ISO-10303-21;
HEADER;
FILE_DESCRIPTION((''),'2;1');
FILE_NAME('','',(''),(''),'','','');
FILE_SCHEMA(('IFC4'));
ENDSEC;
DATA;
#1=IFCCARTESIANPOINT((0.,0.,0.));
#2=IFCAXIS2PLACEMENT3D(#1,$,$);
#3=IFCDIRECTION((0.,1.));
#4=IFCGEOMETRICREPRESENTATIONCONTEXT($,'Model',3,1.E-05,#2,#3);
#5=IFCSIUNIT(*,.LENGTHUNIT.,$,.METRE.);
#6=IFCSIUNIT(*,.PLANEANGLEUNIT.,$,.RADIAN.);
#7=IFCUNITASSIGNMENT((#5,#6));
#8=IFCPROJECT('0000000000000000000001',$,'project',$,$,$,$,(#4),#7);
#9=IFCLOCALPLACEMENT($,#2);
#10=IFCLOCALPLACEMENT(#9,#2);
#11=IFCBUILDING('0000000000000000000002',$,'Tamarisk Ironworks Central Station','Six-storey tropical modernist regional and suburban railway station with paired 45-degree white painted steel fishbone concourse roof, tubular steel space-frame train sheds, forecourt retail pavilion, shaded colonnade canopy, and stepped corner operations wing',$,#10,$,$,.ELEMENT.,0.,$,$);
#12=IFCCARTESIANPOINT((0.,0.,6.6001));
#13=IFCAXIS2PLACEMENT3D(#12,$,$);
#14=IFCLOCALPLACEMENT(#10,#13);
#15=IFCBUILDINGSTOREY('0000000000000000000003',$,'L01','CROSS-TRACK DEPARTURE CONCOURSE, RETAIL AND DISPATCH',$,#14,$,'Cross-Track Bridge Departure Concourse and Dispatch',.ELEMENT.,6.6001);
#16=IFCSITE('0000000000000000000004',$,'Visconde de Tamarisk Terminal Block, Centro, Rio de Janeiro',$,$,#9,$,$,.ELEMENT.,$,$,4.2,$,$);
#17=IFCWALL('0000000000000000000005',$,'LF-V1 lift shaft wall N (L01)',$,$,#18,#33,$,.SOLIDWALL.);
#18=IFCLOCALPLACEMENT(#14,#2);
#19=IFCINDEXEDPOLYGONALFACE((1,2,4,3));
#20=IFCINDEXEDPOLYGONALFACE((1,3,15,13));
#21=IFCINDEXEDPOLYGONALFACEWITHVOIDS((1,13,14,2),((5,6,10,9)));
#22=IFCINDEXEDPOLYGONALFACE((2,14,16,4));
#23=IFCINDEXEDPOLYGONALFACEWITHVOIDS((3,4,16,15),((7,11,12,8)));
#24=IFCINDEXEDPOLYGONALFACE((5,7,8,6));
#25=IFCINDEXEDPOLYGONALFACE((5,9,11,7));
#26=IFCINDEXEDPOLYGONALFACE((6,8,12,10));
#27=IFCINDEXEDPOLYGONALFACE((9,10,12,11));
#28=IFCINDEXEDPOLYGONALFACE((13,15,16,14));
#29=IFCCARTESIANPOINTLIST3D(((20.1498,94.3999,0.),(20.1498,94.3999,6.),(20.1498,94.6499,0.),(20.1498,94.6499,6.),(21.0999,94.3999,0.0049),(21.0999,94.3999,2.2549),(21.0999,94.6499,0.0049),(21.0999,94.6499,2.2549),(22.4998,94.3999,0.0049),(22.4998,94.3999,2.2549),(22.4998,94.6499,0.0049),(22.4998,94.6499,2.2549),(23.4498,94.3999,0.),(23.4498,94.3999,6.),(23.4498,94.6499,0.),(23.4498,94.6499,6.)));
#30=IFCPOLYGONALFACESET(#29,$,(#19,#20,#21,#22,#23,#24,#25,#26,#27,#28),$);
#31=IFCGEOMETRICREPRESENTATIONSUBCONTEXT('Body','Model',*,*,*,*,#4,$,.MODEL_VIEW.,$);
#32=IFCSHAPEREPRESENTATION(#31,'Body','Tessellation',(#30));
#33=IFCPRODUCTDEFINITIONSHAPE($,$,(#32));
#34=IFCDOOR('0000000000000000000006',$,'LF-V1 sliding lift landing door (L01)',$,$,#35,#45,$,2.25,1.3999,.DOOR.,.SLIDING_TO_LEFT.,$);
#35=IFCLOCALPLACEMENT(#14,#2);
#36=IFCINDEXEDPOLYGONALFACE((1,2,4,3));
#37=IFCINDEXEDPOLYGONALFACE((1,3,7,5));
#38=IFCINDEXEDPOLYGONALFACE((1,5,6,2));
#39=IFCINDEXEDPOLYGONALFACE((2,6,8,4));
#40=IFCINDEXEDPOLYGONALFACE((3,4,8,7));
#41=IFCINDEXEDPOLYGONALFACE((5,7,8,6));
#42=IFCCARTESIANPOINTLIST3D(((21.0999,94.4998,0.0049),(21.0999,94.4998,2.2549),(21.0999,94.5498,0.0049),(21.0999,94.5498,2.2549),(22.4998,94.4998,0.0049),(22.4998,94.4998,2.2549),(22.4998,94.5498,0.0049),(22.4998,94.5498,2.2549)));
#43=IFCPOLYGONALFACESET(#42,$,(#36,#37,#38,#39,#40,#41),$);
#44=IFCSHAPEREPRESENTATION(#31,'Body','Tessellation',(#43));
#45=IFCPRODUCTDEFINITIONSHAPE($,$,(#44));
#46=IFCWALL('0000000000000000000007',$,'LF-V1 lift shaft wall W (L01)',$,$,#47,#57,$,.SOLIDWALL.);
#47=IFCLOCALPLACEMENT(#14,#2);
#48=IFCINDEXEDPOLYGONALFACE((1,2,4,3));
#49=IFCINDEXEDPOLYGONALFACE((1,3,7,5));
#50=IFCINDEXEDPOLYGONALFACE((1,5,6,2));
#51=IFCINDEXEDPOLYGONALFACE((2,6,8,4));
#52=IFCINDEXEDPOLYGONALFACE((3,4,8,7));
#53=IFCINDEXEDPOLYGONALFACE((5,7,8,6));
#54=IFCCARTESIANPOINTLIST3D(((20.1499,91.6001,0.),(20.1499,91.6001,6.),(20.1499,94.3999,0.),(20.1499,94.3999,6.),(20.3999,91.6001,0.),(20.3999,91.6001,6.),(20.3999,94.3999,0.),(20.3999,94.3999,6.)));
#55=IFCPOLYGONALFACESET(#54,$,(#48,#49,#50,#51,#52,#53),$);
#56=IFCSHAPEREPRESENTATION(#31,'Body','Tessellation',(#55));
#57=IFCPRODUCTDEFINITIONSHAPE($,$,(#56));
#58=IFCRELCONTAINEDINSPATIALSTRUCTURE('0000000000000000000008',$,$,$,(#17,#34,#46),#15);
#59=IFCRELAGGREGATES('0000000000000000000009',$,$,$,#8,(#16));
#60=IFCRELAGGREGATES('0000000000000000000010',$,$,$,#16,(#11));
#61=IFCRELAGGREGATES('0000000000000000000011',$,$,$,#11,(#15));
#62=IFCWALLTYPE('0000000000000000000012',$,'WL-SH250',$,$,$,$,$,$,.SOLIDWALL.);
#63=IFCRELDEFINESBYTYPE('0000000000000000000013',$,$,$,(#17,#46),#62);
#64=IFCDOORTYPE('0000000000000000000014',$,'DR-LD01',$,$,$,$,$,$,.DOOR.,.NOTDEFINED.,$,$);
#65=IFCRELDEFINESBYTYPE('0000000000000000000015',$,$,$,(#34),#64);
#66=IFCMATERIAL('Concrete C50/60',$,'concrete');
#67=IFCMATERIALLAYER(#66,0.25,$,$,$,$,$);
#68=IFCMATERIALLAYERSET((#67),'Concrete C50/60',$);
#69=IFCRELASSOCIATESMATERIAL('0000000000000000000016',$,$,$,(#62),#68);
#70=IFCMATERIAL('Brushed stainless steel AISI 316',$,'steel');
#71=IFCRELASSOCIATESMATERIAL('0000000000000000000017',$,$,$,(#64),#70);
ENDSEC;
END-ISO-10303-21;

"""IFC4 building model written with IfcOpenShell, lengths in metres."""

from ifc_helpers import new_model, si_unit, direction, frame, frame_2d, origin, place, context, subcontext, project, spatial, rectangle, extrude, material, layer, layer_set, type_object, element, fill, save


model = new_model("IFC4")

# Units and contexts
model_context = context("Model", 3, precision=1e-05, world=origin(), true_north=direction((0.0, 1.0)))
body_context = subcontext(model_context, "Body", "Model", "MODEL_VIEW")
ifc_project = project(units=[si_unit("LENGTHUNIT", "METRE"), si_unit("PLANEANGLEUNIT", "RADIAN")], contexts=[model_context])

# Site, building, storey
site_placement = place(None, origin())
site = spatial("IfcSite", under=ifc_project, at=site_placement, Name="Visconde de Tamarisk Terminal Block, Centro, Rio de Janeiro", CompositionType="ELEMENT", RefElevation=4.2)
building_placement = place(site_placement, origin())
building = spatial("IfcBuilding", under=site, at=building_placement, Name="Tamarisk Ironworks Central Station", Description="Six-storey tropical modernist regional and suburban railway station with paired 45-degree white painted steel fishbone concourse roof, tubular steel space-frame train sheds, forecourt retail pavilion, shaded colonnade canopy, and stepped corner operations wing", CompositionType="ELEMENT", ElevationOfRefHeight=0.0)
storey_placement = place(building_placement, frame((0.0, 0.0, 6.6001)))
storey = spatial("IfcBuildingStorey", under=building, at=storey_placement, Name="L01", Description="CROSS-TRACK DEPARTURE CONCOURSE, RETAIL AND DISPATCH", LongName="Cross-Track Bridge Departure Concourse and Dispatch", CompositionType="ELEMENT", Elevation=6.6001)

# Shared definitions
ifc_material_1 = material(Name="Concrete C50/60", Category="concrete")

# Shared definitions
ifc_layer_1 = layer(ifc_material_1, 0.25)
ifc_layer_set_1 = layer_set([ifc_layer_1], Name="Concrete C50/60")
wall_type_1 = type_object("IfcWallType", Name="WL-SH250", PredefinedType="SOLIDWALL", material=ifc_layer_set_1)

# Wall, opening, door
wall_1_placement = place(storey_placement, frame((20.1499, 94.5249, 0.0), z_axis=(0.0, 0.0, 1.0), x_axis=(1.0, 0.0, 0.0)))
wall_1 = element("IfcWall", 1, at=wall_1_placement, inside=storey, type_object=wall_type_1, Name="LF-V1 lift shaft wall N (L01)", PredefinedType="SOLIDWALL", context=body_context, shape_type="SweptSolid", body=[
    extrude(rectangle(XDim=3.3, YDim=0.25, at=frame_2d((1.6499, 0.0))), origin(), (0.0, 0.0, 1.0), 6.0),
])
opening_1_placement = place(wall_1_placement, frame((0.95, 0.0, 0.0049)))
opening_1 = element("IfcOpeningElement", 2, at=opening_1_placement, cuts=wall_1, PredefinedType="OPENING", context=body_context, shape_type="SweptSolid", body=[
    extrude(rectangle(XDim=1.3999, YDim=2.25, at=frame_2d((0.7, 1.125))), frame((0.0, 0.137, 0.0), z_axis=(0.0, -1.0, 0.0), x_axis=(1.0, 0.0, 0.0)), (0.0, 0.0, 1.0), 0.2739),
])
ifc_material_2 = material(Name="Brushed stainless steel AISI 316", Category="steel")
door_type_1 = type_object("IfcDoorType", Name="DR-LD01", OperationType="NOTDEFINED", PredefinedType="DOOR", material=ifc_material_2)
door_1_placement = place(opening_1_placement, origin())
door_1 = element("IfcDoor", 3, at=door_1_placement, inside=storey, type_object=door_type_1, Name="LF-V1 sliding lift landing door (L01)", OperationType="SLIDING_TO_LEFT", OverallHeight=2.25, OverallWidth=1.3999, PredefinedType="DOOR", context=body_context, shape_type="SweptSolid", body=[
    extrude(rectangle(XDim=1.3999, YDim=2.25, at=frame_2d((0.7, 1.125))), frame((0.0, 0.0249, 0.0), z_axis=(0.0, -1.0, 0.0), x_axis=(1.0, 0.0, 0.0)), (0.0, 0.0, 1.0), 0.05),
])
fill(opening_1, door_1)

# Wall
wall_2_placement = place(storey_placement, frame((20.2749, 91.6001, 0.0), z_axis=(0.0, 0.0, 1.0), x_axis=(0.0, 1.0, 0.0)))
element("IfcWall", 4, at=wall_2_placement, inside=storey, type_object=wall_type_1, Name="LF-V1 lift shaft wall W (L01)", PredefinedType="SOLIDWALL", context=body_context, shape_type="SweptSolid", body=[
    extrude(rectangle(XDim=2.7998, YDim=0.25, at=frame_2d((1.3999, 0.0))), origin(), (0.0, 0.0, 1.0), 6.0),
])

save(model, "model.ifc")
